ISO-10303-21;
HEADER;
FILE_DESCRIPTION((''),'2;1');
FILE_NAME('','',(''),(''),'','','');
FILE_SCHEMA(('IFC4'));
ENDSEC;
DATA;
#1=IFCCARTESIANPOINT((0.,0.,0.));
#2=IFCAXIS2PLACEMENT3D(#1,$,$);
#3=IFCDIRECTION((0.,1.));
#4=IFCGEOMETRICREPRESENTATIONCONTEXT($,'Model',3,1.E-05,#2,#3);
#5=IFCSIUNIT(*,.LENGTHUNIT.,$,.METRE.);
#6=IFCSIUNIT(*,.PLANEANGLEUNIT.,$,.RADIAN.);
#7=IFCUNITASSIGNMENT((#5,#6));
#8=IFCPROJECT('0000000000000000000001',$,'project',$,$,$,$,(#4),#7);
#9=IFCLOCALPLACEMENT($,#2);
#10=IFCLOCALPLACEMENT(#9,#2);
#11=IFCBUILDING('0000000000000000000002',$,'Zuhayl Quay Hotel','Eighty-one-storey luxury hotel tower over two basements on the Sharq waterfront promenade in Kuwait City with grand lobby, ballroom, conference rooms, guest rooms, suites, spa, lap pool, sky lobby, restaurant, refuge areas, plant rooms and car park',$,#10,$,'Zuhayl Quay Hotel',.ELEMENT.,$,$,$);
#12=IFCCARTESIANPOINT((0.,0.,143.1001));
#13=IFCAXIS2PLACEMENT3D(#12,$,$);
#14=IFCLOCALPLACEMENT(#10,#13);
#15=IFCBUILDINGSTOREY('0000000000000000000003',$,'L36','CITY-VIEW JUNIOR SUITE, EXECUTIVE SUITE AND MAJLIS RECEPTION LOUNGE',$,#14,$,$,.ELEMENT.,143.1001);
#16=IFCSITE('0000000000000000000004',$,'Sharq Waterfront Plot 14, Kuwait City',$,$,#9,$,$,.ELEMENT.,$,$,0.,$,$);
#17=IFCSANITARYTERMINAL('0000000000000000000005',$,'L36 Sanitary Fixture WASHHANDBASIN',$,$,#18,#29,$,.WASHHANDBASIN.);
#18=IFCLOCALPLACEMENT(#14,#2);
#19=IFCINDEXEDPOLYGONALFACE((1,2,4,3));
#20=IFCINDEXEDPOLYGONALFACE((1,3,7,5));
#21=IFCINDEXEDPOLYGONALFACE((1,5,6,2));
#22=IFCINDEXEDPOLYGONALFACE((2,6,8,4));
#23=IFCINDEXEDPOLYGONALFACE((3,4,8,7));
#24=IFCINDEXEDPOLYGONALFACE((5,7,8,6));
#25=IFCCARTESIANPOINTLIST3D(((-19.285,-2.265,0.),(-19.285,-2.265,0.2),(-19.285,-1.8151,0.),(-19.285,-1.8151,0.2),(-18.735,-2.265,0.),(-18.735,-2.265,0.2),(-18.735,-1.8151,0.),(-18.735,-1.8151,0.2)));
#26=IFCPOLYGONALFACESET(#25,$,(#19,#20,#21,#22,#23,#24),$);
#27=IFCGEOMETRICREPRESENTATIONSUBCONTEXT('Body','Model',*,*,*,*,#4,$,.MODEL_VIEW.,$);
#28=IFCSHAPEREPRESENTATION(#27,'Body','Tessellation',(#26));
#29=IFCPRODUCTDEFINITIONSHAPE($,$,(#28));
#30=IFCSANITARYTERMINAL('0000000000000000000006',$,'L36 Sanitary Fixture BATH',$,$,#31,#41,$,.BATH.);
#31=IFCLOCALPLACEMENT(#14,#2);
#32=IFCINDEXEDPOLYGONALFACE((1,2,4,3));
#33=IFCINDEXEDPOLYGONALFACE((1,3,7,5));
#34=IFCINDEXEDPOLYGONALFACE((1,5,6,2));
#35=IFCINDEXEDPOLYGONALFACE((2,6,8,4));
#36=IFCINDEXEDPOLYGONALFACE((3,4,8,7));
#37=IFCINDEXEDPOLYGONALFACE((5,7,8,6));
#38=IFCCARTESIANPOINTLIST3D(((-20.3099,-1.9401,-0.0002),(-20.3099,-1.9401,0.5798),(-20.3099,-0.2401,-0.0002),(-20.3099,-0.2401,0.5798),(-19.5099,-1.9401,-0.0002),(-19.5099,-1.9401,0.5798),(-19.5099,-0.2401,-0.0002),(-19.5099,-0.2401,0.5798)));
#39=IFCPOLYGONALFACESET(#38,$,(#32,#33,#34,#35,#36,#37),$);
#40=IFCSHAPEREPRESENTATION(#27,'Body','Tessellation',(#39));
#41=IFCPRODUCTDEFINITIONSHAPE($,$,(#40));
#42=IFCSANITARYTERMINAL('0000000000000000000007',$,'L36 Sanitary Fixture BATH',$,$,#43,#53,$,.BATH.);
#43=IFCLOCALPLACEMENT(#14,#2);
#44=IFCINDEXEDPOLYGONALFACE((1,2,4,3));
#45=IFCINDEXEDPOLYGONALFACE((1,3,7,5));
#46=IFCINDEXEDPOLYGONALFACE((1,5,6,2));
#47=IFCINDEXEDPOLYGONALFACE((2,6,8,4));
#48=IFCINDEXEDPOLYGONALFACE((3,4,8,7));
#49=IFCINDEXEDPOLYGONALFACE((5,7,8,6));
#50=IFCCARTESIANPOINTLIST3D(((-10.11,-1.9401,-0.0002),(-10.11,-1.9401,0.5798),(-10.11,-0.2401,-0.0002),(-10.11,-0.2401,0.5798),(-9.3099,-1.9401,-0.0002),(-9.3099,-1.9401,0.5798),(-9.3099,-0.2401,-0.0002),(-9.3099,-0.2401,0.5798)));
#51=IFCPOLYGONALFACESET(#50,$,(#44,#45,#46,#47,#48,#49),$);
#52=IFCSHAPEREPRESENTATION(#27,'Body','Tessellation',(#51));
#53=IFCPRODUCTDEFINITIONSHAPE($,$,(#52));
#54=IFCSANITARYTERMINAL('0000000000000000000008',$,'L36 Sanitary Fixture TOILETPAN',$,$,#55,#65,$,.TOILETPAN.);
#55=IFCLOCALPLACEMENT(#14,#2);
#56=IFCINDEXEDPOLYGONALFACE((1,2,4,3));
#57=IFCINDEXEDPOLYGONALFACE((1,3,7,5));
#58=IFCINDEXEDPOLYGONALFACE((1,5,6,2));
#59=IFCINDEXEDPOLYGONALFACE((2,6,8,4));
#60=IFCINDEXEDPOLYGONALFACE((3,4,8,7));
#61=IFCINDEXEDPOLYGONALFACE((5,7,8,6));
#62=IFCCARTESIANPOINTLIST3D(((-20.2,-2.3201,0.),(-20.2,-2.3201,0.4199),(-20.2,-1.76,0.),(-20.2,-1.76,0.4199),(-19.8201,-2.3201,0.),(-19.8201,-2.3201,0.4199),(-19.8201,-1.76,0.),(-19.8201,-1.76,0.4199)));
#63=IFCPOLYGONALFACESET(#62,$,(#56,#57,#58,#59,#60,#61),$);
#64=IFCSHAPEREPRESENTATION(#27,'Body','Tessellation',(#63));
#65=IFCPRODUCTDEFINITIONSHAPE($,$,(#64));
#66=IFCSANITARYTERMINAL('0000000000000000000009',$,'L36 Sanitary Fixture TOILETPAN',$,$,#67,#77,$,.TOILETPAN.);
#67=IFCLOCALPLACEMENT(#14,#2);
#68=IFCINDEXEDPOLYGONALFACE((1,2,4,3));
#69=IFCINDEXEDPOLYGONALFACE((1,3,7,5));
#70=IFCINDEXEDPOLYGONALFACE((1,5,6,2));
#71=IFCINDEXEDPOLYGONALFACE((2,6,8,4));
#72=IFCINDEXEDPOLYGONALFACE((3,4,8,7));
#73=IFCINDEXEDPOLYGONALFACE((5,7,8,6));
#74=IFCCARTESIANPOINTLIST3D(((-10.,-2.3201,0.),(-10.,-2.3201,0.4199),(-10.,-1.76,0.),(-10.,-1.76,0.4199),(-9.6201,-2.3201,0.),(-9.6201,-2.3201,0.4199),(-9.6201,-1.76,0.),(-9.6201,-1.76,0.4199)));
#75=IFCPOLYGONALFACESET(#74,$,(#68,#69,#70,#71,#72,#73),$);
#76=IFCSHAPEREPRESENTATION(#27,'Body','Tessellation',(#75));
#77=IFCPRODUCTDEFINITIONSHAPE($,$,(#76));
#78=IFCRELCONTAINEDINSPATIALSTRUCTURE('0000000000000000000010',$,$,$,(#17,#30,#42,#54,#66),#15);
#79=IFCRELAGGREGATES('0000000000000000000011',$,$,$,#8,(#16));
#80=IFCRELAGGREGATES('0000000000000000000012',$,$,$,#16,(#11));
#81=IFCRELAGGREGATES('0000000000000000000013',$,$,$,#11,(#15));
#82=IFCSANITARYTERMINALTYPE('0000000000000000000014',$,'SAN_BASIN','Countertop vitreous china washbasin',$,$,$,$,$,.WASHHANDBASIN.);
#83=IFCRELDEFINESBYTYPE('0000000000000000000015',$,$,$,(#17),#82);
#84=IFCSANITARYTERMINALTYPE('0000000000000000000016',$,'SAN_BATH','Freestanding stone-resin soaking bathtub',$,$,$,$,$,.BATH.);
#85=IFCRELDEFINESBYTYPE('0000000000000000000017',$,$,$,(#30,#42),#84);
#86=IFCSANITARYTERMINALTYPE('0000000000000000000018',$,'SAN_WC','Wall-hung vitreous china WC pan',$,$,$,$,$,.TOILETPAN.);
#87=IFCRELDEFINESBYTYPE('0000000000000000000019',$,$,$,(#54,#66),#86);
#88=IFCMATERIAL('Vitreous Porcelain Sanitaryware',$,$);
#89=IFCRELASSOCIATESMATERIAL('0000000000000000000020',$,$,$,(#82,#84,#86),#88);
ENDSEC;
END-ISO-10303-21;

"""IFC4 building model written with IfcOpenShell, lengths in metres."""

from ifc_helpers import new_model, si_unit, direction, frame, origin, origin_2d, place, context, subcontext, project, spatial, rectangle, extrude, material, type_object, element, save


model = new_model("IFC4")

# Units and contexts
model_context = context("Model", 3, precision=1e-05, world=origin(), true_north=direction((0.0, 1.0)))
body_context = subcontext(model_context, "Body", "Model", "MODEL_VIEW")
ifc_project = project(units=[si_unit("LENGTHUNIT", "METRE"), si_unit("PLANEANGLEUNIT", "RADIAN")], contexts=[model_context])

# Site, building, storey
site_placement = place(None, origin())
site = spatial("IfcSite", under=ifc_project, at=site_placement, Name="Sharq Waterfront Plot 14, Kuwait City", CompositionType="ELEMENT", RefElevation=0.0)
building_placement = place(site_placement, origin())
building = spatial("IfcBuilding", under=site, at=building_placement, Name="Zuhayl Quay Hotel", Description="Eighty-one-storey luxury hotel tower over two basements on the Sharq waterfront promenade in Kuwait City with grand lobby, ballroom, conference rooms, guest rooms, suites, spa, lap pool, sky lobby, restaurant, refuge areas, plant rooms and car park", LongName="Zuhayl Quay Hotel", CompositionType="ELEMENT")
storey_placement = place(building_placement, frame((0.0, 0.0, 143.1001)))
storey = spatial("IfcBuildingStorey", under=building, at=storey_placement, Name="L36", Description="CITY-VIEW JUNIOR SUITE, EXECUTIVE SUITE AND MAJLIS RECEPTION LOUNGE", CompositionType="ELEMENT", Elevation=143.1001)

# Sanitary terminals
ifc_material_1 = material(Name="Vitreous Porcelain Sanitaryware")
sanitary_terminal_type_1 = type_object("IfcSanitaryTerminalType", Name="SAN_BASIN", Description="Countertop vitreous china washbasin", PredefinedType="WASHHANDBASIN", material=ifc_material_1)
sanitary_terminal_placement = place(storey_placement, frame((-19.01, -2.04, 0.0), z_axis=(0.0, 0.0, 1.0), x_axis=(1.0, 0.0, 0.0)))
element("IfcSanitaryTerminal", 1, at=sanitary_terminal_placement, inside=storey, type_object=sanitary_terminal_type_1, Name="L36 Sanitary Fixture WASHHANDBASIN", PredefinedType="WASHHANDBASIN", context=body_context, shape_type="SweptSolid", body=[
    extrude(rectangle(XDim=0.55, YDim=0.45, at=origin_2d()), origin(), (0.0, 0.0, 1.0), 0.2),
])
sanitary_terminal_type_2 = type_object("IfcSanitaryTerminalType", Name="SAN_BATH", Description="Freestanding stone-resin soaking bathtub", PredefinedType="BATH", material=ifc_material_1)
for number, where, z_axis, x_axis, name in (
    (2, (-19.9099, -1.0901, -0.0002), (0.0, 0.0, 1.0), (1.0, 0.0, 0.0), "L36 Sanitary Fixture BATH"),
    (3, (-9.71, -1.0901, -0.0002), (0.0, 0.0, 1.0), (1.0, 0.0, 0.0), "L36 Sanitary Fixture BATH"),
):
    element("IfcSanitaryTerminal", number, at=place(storey_placement, frame(where, z_axis=z_axis, x_axis=x_axis)), inside=storey, type_object=sanitary_terminal_type_2, Name=name, PredefinedType="BATH", context=body_context, shape_type="SweptSolid", body=[
        extrude(rectangle(XDim=0.8, YDim=1.7, at=origin_2d()), origin(), (0.0, 0.0, 1.0), 0.5801),
    ])
sanitary_terminal_type_3 = type_object("IfcSanitaryTerminalType", Name="SAN_WC", Description="Wall-hung vitreous china WC pan", PredefinedType="TOILETPAN", material=ifc_material_1)
for number, where, z_axis, x_axis, name in (
    (4, (-20.01, -2.04, 0.0), (0.0, 0.0, 1.0), (1.0, 0.0, 0.0), "L36 Sanitary Fixture TOILETPAN"),
    (5, (-9.8101, -2.04, 0.0), (0.0, 0.0, 1.0), (1.0, 0.0, 0.0), "L36 Sanitary Fixture TOILETPAN"),
):
    element("IfcSanitaryTerminal", number, at=place(storey_placement, frame(where, z_axis=z_axis, x_axis=x_axis)), inside=storey, type_object=sanitary_terminal_type_3, Name=name, PredefinedType="TOILETPAN", context=body_context, shape_type="SweptSolid", body=[
        extrude(rectangle(XDim=0.3799, YDim=0.5601, at=origin_2d()), origin(), (0.0, 0.0, 1.0), 0.4199),
    ])

save(model, "model.ifc")
